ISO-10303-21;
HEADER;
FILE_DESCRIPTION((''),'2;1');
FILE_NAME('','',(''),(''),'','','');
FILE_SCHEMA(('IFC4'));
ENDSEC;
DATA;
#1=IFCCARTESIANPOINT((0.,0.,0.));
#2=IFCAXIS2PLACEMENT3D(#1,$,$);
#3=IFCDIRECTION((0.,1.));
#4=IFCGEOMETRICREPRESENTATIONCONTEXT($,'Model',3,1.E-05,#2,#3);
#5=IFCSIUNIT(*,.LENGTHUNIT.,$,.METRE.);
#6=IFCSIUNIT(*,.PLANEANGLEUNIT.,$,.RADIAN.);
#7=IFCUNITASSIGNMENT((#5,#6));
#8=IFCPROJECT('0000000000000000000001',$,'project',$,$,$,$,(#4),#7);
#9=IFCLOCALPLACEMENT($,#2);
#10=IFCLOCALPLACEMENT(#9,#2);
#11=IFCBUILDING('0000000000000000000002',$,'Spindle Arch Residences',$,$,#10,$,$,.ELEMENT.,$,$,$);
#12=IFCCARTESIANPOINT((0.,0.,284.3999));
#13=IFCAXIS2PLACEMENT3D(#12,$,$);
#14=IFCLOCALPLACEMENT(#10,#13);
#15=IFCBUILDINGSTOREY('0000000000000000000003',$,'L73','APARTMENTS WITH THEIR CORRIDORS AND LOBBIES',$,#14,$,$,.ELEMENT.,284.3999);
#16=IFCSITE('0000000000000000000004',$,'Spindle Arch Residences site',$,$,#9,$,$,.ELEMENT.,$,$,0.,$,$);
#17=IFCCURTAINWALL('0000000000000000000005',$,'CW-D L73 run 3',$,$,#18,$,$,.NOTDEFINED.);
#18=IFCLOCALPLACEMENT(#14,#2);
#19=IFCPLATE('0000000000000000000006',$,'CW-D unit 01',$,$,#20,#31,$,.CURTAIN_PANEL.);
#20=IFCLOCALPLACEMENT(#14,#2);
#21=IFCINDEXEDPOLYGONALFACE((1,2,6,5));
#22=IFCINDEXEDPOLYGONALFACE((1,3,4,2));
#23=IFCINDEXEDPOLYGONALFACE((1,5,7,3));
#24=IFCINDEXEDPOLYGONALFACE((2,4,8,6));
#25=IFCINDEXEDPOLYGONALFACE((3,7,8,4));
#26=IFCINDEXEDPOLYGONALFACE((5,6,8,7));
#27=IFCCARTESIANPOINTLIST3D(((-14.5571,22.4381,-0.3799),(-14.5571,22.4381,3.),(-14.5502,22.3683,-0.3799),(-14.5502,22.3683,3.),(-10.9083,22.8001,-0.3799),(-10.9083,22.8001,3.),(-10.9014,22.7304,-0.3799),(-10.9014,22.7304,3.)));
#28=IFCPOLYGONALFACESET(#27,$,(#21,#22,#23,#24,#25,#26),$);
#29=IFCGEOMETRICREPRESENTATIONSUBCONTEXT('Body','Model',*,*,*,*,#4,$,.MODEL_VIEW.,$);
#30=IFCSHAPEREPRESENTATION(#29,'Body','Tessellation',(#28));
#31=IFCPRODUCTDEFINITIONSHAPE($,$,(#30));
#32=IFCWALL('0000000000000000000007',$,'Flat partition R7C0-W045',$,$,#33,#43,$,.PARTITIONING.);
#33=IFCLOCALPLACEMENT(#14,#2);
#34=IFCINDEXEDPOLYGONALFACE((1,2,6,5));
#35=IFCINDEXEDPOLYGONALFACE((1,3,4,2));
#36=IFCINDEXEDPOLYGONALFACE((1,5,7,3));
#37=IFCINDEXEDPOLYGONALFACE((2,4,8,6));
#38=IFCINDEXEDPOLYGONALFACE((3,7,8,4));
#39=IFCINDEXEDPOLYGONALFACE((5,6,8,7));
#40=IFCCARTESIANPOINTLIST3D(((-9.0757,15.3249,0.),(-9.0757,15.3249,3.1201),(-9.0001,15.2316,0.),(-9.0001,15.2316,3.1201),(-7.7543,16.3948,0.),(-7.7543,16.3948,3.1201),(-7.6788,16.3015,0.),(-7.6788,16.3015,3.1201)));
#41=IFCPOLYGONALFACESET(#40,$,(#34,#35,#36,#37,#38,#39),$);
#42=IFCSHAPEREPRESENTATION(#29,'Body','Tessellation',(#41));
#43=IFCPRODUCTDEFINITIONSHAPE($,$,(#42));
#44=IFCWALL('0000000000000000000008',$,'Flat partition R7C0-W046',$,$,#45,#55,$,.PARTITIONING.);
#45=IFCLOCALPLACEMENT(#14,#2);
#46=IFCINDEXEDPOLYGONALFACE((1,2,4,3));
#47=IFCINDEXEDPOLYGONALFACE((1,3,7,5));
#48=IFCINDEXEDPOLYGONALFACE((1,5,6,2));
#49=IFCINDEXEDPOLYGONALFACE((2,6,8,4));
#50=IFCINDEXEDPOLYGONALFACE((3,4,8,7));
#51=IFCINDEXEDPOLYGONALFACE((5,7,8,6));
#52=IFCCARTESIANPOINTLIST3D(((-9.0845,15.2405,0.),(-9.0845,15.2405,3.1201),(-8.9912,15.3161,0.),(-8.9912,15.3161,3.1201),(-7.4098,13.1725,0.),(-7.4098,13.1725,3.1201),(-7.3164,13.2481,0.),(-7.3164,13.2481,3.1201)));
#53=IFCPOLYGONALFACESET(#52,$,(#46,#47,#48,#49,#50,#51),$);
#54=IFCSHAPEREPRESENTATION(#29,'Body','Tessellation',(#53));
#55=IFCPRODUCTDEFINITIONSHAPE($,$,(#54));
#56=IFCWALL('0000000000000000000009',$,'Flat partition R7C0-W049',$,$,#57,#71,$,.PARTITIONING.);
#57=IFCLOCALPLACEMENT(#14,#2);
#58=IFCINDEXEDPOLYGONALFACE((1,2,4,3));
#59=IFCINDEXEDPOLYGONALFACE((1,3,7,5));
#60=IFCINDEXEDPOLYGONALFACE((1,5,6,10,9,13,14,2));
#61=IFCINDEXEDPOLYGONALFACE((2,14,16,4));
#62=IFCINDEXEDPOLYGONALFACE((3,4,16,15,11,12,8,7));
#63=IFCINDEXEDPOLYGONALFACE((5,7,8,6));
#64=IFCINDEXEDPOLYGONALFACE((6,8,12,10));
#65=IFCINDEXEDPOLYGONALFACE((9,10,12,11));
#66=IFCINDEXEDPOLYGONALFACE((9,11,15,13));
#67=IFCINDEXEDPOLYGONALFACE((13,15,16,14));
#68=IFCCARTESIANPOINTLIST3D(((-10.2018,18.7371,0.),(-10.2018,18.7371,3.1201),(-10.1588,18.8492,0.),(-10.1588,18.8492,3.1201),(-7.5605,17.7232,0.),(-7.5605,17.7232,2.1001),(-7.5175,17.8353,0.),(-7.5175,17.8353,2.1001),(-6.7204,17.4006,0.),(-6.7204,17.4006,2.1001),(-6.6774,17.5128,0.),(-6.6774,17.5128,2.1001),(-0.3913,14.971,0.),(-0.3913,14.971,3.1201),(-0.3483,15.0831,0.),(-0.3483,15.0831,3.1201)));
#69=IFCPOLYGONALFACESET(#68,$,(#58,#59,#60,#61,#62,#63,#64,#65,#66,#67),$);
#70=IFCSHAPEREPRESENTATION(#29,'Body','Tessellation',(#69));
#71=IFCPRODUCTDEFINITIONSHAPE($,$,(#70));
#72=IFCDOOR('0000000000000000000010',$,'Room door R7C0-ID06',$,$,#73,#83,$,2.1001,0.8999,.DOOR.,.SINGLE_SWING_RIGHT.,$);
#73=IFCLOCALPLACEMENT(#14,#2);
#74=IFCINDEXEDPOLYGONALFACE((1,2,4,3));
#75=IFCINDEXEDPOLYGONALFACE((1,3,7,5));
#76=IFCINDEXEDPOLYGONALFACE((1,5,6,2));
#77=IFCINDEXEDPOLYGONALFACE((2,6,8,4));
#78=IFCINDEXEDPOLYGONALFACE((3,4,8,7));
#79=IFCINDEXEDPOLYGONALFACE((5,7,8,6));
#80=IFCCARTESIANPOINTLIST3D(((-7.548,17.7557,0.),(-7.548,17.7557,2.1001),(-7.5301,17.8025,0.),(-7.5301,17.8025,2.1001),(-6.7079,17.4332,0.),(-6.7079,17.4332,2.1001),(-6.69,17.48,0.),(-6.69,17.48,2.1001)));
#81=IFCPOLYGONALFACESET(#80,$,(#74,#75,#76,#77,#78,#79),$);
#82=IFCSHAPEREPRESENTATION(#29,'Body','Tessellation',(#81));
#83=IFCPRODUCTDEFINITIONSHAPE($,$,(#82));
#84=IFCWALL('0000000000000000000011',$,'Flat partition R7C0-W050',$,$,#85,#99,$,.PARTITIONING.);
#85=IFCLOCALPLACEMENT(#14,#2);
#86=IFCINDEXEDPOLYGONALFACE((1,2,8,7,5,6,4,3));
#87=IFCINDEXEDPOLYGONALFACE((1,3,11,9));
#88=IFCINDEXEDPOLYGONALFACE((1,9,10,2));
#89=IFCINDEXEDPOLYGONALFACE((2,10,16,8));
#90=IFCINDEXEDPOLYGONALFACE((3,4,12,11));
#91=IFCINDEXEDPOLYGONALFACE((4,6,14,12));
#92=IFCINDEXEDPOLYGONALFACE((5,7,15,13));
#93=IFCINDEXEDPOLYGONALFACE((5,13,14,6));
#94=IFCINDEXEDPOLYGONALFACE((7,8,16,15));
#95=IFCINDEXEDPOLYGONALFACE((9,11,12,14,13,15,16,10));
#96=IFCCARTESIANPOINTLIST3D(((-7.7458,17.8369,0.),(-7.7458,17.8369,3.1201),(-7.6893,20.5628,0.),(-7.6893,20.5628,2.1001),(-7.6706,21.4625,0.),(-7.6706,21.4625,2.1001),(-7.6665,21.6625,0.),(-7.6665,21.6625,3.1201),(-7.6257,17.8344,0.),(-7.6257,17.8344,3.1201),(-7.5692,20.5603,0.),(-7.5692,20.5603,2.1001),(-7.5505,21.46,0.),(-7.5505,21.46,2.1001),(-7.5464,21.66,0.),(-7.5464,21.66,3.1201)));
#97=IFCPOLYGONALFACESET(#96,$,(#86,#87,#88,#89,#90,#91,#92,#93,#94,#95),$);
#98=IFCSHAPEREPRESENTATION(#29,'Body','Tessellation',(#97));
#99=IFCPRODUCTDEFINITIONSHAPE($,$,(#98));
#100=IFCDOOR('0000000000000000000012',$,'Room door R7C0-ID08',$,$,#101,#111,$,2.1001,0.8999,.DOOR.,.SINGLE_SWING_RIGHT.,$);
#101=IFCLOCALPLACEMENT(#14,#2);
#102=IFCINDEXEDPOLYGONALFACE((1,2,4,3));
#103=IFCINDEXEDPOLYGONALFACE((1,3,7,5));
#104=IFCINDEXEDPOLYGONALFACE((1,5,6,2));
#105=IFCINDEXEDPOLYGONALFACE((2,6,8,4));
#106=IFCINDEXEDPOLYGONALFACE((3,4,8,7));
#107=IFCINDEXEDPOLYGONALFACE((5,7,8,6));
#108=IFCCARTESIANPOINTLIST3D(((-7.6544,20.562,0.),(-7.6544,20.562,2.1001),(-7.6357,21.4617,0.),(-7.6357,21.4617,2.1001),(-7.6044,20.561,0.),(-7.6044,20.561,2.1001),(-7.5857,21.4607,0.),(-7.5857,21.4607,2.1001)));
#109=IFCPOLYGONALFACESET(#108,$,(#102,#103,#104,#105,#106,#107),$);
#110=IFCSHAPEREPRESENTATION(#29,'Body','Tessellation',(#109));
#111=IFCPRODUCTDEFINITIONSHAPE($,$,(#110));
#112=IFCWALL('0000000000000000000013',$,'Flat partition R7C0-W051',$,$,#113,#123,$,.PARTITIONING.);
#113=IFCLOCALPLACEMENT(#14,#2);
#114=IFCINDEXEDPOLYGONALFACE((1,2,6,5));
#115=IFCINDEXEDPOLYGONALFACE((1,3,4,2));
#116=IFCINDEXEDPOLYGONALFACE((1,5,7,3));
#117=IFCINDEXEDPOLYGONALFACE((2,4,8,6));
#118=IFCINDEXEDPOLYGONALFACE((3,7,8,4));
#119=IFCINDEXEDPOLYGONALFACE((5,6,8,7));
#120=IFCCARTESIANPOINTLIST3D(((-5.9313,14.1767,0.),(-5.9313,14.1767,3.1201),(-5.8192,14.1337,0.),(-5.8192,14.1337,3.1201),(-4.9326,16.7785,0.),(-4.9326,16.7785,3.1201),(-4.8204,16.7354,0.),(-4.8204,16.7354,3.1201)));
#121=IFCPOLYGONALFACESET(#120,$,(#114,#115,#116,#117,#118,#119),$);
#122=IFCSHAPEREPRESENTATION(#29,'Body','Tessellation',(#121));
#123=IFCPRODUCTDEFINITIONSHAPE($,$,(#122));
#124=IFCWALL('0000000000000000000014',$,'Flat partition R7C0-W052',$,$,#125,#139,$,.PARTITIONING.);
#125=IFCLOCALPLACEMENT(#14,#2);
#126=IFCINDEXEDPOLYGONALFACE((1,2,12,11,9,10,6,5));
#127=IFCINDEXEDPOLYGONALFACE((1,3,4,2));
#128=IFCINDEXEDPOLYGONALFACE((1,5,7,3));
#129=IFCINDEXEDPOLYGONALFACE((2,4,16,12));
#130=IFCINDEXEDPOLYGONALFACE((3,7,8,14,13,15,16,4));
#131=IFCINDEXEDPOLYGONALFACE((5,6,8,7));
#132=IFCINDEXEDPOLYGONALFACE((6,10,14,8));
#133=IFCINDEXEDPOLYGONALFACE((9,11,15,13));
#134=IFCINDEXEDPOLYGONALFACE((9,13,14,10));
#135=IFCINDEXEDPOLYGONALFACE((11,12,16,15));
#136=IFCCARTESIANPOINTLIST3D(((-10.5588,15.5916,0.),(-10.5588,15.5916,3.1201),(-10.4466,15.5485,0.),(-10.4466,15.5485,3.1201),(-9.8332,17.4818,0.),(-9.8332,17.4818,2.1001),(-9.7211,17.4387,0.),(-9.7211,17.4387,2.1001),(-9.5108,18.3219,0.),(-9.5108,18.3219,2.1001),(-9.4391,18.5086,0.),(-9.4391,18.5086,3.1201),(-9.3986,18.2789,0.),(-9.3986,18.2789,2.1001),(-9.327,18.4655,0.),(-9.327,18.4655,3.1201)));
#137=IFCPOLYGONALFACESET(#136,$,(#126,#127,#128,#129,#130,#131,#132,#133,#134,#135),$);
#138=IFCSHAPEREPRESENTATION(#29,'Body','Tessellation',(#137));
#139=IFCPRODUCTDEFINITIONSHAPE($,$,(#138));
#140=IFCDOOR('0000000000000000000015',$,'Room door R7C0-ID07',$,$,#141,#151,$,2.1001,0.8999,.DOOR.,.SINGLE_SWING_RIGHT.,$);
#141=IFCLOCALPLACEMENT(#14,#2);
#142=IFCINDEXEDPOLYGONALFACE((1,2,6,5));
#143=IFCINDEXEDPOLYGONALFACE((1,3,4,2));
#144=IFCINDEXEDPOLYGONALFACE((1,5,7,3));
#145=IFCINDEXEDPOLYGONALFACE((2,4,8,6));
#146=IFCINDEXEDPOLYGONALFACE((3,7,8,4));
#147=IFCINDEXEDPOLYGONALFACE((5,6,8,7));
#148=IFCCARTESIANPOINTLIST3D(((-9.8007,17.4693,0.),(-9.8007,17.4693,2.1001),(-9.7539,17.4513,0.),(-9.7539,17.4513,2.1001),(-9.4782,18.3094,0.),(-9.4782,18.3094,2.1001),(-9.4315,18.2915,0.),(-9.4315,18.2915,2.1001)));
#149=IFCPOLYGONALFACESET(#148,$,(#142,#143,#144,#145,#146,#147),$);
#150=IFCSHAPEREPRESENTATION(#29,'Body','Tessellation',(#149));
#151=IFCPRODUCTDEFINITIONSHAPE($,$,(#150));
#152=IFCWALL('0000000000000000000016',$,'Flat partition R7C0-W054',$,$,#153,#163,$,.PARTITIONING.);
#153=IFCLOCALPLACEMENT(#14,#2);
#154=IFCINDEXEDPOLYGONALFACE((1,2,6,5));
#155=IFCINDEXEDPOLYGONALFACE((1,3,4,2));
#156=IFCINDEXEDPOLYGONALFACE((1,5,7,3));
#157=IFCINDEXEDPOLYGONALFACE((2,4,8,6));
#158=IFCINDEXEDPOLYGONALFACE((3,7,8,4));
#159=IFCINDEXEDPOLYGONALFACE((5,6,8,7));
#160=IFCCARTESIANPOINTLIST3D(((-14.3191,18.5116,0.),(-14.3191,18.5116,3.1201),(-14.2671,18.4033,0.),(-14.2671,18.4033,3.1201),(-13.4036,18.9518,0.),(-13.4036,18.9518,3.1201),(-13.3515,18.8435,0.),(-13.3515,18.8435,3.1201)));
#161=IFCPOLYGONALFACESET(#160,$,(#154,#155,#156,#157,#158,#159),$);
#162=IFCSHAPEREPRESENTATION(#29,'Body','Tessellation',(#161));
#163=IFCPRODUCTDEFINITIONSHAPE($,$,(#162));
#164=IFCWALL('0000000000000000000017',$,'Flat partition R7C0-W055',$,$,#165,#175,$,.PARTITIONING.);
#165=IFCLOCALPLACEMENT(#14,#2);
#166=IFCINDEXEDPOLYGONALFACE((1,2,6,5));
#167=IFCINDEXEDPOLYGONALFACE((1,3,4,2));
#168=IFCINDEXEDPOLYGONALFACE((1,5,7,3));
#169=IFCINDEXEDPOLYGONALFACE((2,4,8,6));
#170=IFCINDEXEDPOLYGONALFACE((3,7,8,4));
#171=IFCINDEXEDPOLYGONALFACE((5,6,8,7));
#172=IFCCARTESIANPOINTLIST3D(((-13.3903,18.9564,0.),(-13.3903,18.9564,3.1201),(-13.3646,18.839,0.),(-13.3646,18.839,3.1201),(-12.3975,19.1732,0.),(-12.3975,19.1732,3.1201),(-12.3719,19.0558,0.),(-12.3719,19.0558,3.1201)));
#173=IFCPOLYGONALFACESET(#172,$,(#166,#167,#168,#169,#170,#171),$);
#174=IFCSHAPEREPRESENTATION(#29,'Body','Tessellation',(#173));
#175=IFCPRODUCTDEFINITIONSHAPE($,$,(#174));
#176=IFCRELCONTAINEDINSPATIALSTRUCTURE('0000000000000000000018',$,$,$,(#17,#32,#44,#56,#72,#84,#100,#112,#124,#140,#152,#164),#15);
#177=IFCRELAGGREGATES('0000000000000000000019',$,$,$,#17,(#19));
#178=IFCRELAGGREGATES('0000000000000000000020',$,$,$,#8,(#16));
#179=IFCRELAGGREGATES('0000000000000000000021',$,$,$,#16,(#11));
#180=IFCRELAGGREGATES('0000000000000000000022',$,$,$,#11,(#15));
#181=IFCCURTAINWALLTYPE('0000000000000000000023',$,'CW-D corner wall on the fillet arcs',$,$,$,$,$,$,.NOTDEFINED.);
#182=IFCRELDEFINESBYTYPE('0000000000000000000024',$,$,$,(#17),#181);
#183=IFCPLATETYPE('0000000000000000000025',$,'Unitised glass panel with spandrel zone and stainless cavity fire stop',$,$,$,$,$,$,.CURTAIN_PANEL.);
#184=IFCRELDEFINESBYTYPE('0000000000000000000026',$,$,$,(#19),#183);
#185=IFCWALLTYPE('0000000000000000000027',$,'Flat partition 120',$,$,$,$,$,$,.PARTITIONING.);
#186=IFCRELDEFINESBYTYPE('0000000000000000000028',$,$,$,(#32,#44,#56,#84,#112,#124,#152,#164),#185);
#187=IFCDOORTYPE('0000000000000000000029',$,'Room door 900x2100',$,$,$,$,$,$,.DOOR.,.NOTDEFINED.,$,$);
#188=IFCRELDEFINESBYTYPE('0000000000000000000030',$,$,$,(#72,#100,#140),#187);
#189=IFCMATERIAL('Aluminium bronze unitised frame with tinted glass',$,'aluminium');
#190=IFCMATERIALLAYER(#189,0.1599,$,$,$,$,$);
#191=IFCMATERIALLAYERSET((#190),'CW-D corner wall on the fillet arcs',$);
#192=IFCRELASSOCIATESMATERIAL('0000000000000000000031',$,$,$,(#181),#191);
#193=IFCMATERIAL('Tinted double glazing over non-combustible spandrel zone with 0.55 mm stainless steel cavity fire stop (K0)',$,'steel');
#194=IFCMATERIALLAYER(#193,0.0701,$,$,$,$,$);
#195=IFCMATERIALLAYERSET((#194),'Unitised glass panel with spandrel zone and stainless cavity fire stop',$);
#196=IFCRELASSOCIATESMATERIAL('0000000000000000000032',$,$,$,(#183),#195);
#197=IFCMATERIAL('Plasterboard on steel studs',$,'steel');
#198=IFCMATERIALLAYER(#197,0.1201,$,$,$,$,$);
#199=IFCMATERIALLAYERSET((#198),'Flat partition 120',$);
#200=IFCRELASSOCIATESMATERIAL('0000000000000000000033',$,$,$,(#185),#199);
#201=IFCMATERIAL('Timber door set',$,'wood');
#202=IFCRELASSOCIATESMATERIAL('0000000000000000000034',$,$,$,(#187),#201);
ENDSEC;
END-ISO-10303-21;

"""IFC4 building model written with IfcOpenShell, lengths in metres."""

from ifc_helpers import new_model, si_unit, direction, frame, frame_2d, origin, origin_2d, place, context, subcontext, project, spatial, rectangle, extrude, material, layer, layer_set, type_object, element, fill, aggregate, save


model = new_model("IFC4")

# Units and contexts
model_context = context("Model", 3, precision=1e-05, world=origin(), true_north=direction((0.0, 1.0)))
body_context = subcontext(model_context, "Body", "Model", "MODEL_VIEW")
ifc_project = project(units=[si_unit("LENGTHUNIT", "METRE"), si_unit("PLANEANGLEUNIT", "RADIAN")], contexts=[model_context])

# Site, building, storey
site_placement = place(None, origin())
site = spatial("IfcSite", under=ifc_project, at=site_placement, Name="Spindle Arch Residences site", CompositionType="ELEMENT", RefElevation=0.0)
building_placement = place(site_placement, origin())
building = spatial("IfcBuilding", under=site, at=building_placement, Name="Spindle Arch Residences", CompositionType="ELEMENT")
storey_placement = place(building_placement, frame((0.0, 0.0, 284.3999)))
storey = spatial("IfcBuildingStorey", under=building, at=storey_placement, Name="L73", Description="APARTMENTS WITH THEIR CORRIDORS AND LOBBIES", CompositionType="ELEMENT", Elevation=284.3999)

# Curtain wall
ifc_material_1 = material(Name="Aluminium bronze unitised frame with tinted glass", Category="aluminium")
ifc_layer_1 = layer(ifc_material_1, 0.1599)
ifc_layer_set_1 = layer_set([ifc_layer_1], Name="CW-D corner wall on the fillet arcs")
curtain_wall_type_1 = type_object("IfcCurtainWallType", Name="CW-D corner wall on the fillet arcs", PredefinedType="NOTDEFINED", material=ifc_layer_set_1)
curtain_wall_1_placement = place(storey_placement, origin())
curtain_wall_1 = element("IfcCurtainWall", 1, at=curtain_wall_1_placement, inside=storey, type_object=curtain_wall_type_1, Name="CW-D L73 run 3", PredefinedType="NOTDEFINED")

# Shared definitions
ifc_material_2 = material(Name="Tinted double glazing over non-combustible spandrel zone with 0.55 mm stainless steel cavity fire stop (K0)", Category="steel")
ifc_layer_2 = layer(ifc_material_2, 0.0701)
ifc_layer_set_2 = layer_set([ifc_layer_2], Name="Unitised glass panel with spandrel zone and stainless cavity fire stop")
plate_type = type_object("IfcPlateType", Name="Unitised glass panel with spandrel zone and stainless cavity fire stop", PredefinedType="CURTAIN_PANEL", material=ifc_layer_set_2)

# Plate
plate_1_placement = place(storey_placement, frame((-12.7292, 22.5842, -0.3799), z_axis=(0.0, 0.0, 1.0), x_axis=(-0.995113, -0.098741, 0.0)))
plate_1 = element("IfcPlate", 2, at=plate_1_placement, type_object=plate_type, Name="CW-D unit 01", PredefinedType="CURTAIN_PANEL", context=body_context, shape_type="SweptSolid", body=[
    extrude(rectangle(XDim=3.6667, YDim=0.0701, at=origin_2d()), origin(), (0.0, 0.0, 1.0), 3.3799),
])
aggregate(curtain_wall_1, [plate_1])

# Walls
ifc_material_3 = material(Name="Plasterboard on steel studs", Category="steel")
ifc_layer_3 = layer(ifc_material_3, 0.1201)
ifc_layer_set_3 = layer_set([ifc_layer_3], Name="Flat partition 120")
wall_type = type_object("IfcWallType", Name="Flat partition 120", PredefinedType="PARTITIONING", material=ifc_layer_set_3)
wall_1_placement = place(storey_placement, frame((-7.7166, 16.3481, 0.0), z_axis=(0.0, 0.0, 1.0), x_axis=(-0.777185, -0.629273, 0.0)))
element("IfcWall", 3, at=wall_1_placement, inside=storey, type_object=wall_type, Name="Flat partition R7C0-W045", PredefinedType="PARTITIONING", context=body_context, shape_type="SweptSolid", body=[
    extrude(rectangle(XDim=1.7002, YDim=0.1201, at=frame_2d((0.8501, 0.0))), origin(), (0.0, 0.0, 1.0), 3.1201),
])
wall_2_placement = place(storey_placement, frame((-9.0378, 15.2783, 0.0), z_axis=(0.0, 0.0, 1.0), x_axis=(0.629338, -0.777132, 0.0)))
element("IfcWall", 4, at=wall_2_placement, inside=storey, type_object=wall_type, Name="Flat partition R7C0-W046", PredefinedType="PARTITIONING", context=body_context, shape_type="SweptSolid", body=[
    extrude(rectangle(XDim=2.6611, YDim=0.1201, at=frame_2d((1.3306, 0.0))), origin(), (0.0, 0.0, 1.0), 3.1201),
])

# Walls, openings, doors
wall_3_placement = place(storey_placement, frame((-10.1804, 18.7932, 0.0), z_axis=(0.0, 0.0, 1.0), x_axis=(0.933574, -0.358384, 0.0)))
wall_3 = element("IfcWall", 5, at=wall_3_placement, inside=storey, type_object=wall_type, Name="Flat partition R7C0-W049", PredefinedType="PARTITIONING", context=body_context, shape_type="SweptSolid", body=[
    extrude(rectangle(XDim=10.5085, YDim=0.1201, at=frame_2d((5.2544, 0.0))), origin(), (0.0, 0.0, 1.0), 3.1201),
])
opening_1_placement = place(wall_3_placement, frame((2.8293, 0.0, 0.0)))
opening_1 = element("IfcOpeningElement", 6, at=opening_1_placement, cuts=wall_3, PredefinedType="OPENING", context=body_context, shape_type="SweptSolid", body=[
    extrude(rectangle(XDim=0.8999, YDim=2.1001, at=frame_2d((0.45, 1.05))), frame((0.0, 0.0701, 0.0), z_axis=(0.0, -1.0, 0.0), x_axis=(1.0, 0.0, 0.0)), (0.0, 0.0, 1.0), 0.1401),
])
ifc_material_4 = material(Name="Timber door set", Category="wood")
door_type = type_object("IfcDoorType", Name="Room door 900x2100", OperationType="NOTDEFINED", PredefinedType="DOOR", material=ifc_material_4)
door_1_placement = place(opening_1_placement, origin())
door_1 = element("IfcDoor", 7, at=door_1_placement, inside=storey, type_object=door_type, Name="Room door R7C0-ID06", OperationType="SINGLE_SWING_RIGHT", OverallHeight=2.1001, OverallWidth=0.8999, PredefinedType="DOOR", context=body_context, shape_type="SweptSolid", body=[
    extrude(rectangle(XDim=0.8999, YDim=2.1001, at=frame_2d((0.45, 1.05))), frame((0.0, 0.0249, 0.0), z_axis=(0.0, -1.0, 0.0), x_axis=(1.0, 0.0, 0.0)), (0.0, 0.0, 1.0), 0.05),
])
fill(opening_1, door_1)
wall_4_placement = place(storey_placement, frame((-7.6064, 21.6611, 0.0), z_axis=(0.0, 0.0, 1.0), x_axis=(-0.020736, -0.999785, 0.0)))
wall_4 = element("IfcWall", 8, at=wall_4_placement, inside=storey, type_object=wall_type, Name="Flat partition R7C0-W050", PredefinedType="PARTITIONING", context=body_context, shape_type="SweptSolid", body=[
    extrude(rectangle(XDim=3.8264, YDim=0.1201, at=frame_2d((1.9131, 0.0))), origin(), (0.0, 0.0, 1.0), 3.1201),
])
opening_2_placement = place(wall_4_placement, frame((0.2, 0.0, 0.0)))
opening_2 = element("IfcOpeningElement", 9, at=opening_2_placement, cuts=wall_4, PredefinedType="OPENING", context=body_context, shape_type="SweptSolid", body=[
    extrude(rectangle(XDim=0.8999, YDim=2.1001, at=frame_2d((0.45, 1.05))), frame((0.0, 0.0701, 0.0), z_axis=(0.0, -1.0, 0.0), x_axis=(1.0, 0.0, 0.0)), (0.0, 0.0, 1.0), 0.1401),
])
door_2_placement = place(opening_2_placement, origin())
door_2 = element("IfcDoor", 10, at=door_2_placement, inside=storey, type_object=door_type, Name="Room door R7C0-ID08", OperationType="SINGLE_SWING_RIGHT", OverallHeight=2.1001, OverallWidth=0.8999, PredefinedType="DOOR", context=body_context, shape_type="SweptSolid", body=[
    extrude(rectangle(XDim=0.8999, YDim=2.1001, at=frame_2d((0.45, 1.05))), frame((0.0, 0.0249, 0.0), z_axis=(0.0, -1.0, 0.0), x_axis=(1.0, 0.0, 0.0)), (0.0, 0.0, 1.0), 0.05),
])
fill(opening_2, door_2)

# Wall
wall_5_placement = place(storey_placement, frame((-4.8765, 16.7571, 0.0), z_axis=(0.0, 0.0, 1.0), x_axis=(-0.35838, -0.933576, 0.0)))
element("IfcWall", 11, at=wall_5_placement, inside=storey, type_object=wall_type, Name="Flat partition R7C0-W051", PredefinedType="PARTITIONING", context=body_context, shape_type="SweptSolid", body=[
    extrude(rectangle(XDim=2.7869, YDim=0.1201, at=frame_2d((1.3936, 0.0))), origin(), (0.0, 0.0, 1.0), 3.1201),
])

# Wall, opening, door
wall_6_placement = place(storey_placement, frame((-9.3831, 18.4871, 0.0), z_axis=(0.0, 0.0, 1.0), x_axis=(-0.35834, -0.933591, 0.0)))
wall_6 = element("IfcWall", 12, at=wall_6_placement, inside=storey, type_object=wall_type, Name="Flat partition R7C0-W052", PredefinedType="PARTITIONING", context=body_context, shape_type="SweptSolid", body=[
    extrude(rectangle(XDim=3.1245, YDim=0.1201, at=frame_2d((1.5623, 0.0))), origin(), (0.0, 0.0, 1.0), 3.1201),
])
opening_3_placement = place(wall_6_placement, frame((0.2, 0.0, 0.0)))
opening_3 = element("IfcOpeningElement", 13, at=opening_3_placement, cuts=wall_6, PredefinedType="OPENING", context=body_context, shape_type="SweptSolid", body=[
    extrude(rectangle(XDim=0.8999, YDim=2.1001, at=frame_2d((0.45, 1.05))), frame((0.0, 0.0701, 0.0), z_axis=(0.0, -1.0, 0.0), x_axis=(1.0, 0.0, 0.0)), (0.0, 0.0, 1.0), 0.1401),
])
door_3_placement = place(opening_3_placement, origin())
door_3 = element("IfcDoor", 14, at=door_3_placement, inside=storey, type_object=door_type, Name="Room door R7C0-ID07", OperationType="SINGLE_SWING_RIGHT", OverallHeight=2.1001, OverallWidth=0.8999, PredefinedType="DOOR", context=body_context, shape_type="SweptSolid", body=[
    extrude(rectangle(XDim=0.8999, YDim=2.1001, at=frame_2d((0.45, 1.05))), frame((0.0, 0.0249, 0.0), z_axis=(0.0, -1.0, 0.0), x_axis=(1.0, 0.0, 0.0)), (0.0, 0.0, 1.0), 0.05),
])
fill(opening_3, door_3)

# Walls
wall_7_placement = place(storey_placement, frame((-14.293, 18.4575, 0.0), z_axis=(0.0, 0.0, 1.0), x_axis=(0.901242, 0.433317, 0.0)))
element("IfcWall", 15, at=wall_7_placement, inside=storey, type_object=wall_type, Name="Flat partition R7C0-W054", PredefinedType="PARTITIONING", context=body_context, shape_type="SweptSolid", body=[
    extrude(rectangle(XDim=1.0159, YDim=0.1201, at=frame_2d((0.5078, 0.0))), origin(), (0.0, 0.0, 1.0), 3.1201),
])
wall_8_placement = place(storey_placement, frame((-13.3774, 18.8977, 0.0), z_axis=(0.0, 0.0, 1.0), x_axis=(0.976972, 0.213367, 0.0)))
element("IfcWall", 16, at=wall_8_placement, inside=storey, type_object=wall_type, Name="Flat partition R7C0-W055", PredefinedType="PARTITIONING", context=body_context, shape_type="SweptSolid", body=[
    extrude(rectangle(XDim=1.0161, YDim=0.1201, at=frame_2d((0.5081, 0.0))), origin(), (0.0, 0.0, 1.0), 3.1201),
])

save(model, "model.ifc")
